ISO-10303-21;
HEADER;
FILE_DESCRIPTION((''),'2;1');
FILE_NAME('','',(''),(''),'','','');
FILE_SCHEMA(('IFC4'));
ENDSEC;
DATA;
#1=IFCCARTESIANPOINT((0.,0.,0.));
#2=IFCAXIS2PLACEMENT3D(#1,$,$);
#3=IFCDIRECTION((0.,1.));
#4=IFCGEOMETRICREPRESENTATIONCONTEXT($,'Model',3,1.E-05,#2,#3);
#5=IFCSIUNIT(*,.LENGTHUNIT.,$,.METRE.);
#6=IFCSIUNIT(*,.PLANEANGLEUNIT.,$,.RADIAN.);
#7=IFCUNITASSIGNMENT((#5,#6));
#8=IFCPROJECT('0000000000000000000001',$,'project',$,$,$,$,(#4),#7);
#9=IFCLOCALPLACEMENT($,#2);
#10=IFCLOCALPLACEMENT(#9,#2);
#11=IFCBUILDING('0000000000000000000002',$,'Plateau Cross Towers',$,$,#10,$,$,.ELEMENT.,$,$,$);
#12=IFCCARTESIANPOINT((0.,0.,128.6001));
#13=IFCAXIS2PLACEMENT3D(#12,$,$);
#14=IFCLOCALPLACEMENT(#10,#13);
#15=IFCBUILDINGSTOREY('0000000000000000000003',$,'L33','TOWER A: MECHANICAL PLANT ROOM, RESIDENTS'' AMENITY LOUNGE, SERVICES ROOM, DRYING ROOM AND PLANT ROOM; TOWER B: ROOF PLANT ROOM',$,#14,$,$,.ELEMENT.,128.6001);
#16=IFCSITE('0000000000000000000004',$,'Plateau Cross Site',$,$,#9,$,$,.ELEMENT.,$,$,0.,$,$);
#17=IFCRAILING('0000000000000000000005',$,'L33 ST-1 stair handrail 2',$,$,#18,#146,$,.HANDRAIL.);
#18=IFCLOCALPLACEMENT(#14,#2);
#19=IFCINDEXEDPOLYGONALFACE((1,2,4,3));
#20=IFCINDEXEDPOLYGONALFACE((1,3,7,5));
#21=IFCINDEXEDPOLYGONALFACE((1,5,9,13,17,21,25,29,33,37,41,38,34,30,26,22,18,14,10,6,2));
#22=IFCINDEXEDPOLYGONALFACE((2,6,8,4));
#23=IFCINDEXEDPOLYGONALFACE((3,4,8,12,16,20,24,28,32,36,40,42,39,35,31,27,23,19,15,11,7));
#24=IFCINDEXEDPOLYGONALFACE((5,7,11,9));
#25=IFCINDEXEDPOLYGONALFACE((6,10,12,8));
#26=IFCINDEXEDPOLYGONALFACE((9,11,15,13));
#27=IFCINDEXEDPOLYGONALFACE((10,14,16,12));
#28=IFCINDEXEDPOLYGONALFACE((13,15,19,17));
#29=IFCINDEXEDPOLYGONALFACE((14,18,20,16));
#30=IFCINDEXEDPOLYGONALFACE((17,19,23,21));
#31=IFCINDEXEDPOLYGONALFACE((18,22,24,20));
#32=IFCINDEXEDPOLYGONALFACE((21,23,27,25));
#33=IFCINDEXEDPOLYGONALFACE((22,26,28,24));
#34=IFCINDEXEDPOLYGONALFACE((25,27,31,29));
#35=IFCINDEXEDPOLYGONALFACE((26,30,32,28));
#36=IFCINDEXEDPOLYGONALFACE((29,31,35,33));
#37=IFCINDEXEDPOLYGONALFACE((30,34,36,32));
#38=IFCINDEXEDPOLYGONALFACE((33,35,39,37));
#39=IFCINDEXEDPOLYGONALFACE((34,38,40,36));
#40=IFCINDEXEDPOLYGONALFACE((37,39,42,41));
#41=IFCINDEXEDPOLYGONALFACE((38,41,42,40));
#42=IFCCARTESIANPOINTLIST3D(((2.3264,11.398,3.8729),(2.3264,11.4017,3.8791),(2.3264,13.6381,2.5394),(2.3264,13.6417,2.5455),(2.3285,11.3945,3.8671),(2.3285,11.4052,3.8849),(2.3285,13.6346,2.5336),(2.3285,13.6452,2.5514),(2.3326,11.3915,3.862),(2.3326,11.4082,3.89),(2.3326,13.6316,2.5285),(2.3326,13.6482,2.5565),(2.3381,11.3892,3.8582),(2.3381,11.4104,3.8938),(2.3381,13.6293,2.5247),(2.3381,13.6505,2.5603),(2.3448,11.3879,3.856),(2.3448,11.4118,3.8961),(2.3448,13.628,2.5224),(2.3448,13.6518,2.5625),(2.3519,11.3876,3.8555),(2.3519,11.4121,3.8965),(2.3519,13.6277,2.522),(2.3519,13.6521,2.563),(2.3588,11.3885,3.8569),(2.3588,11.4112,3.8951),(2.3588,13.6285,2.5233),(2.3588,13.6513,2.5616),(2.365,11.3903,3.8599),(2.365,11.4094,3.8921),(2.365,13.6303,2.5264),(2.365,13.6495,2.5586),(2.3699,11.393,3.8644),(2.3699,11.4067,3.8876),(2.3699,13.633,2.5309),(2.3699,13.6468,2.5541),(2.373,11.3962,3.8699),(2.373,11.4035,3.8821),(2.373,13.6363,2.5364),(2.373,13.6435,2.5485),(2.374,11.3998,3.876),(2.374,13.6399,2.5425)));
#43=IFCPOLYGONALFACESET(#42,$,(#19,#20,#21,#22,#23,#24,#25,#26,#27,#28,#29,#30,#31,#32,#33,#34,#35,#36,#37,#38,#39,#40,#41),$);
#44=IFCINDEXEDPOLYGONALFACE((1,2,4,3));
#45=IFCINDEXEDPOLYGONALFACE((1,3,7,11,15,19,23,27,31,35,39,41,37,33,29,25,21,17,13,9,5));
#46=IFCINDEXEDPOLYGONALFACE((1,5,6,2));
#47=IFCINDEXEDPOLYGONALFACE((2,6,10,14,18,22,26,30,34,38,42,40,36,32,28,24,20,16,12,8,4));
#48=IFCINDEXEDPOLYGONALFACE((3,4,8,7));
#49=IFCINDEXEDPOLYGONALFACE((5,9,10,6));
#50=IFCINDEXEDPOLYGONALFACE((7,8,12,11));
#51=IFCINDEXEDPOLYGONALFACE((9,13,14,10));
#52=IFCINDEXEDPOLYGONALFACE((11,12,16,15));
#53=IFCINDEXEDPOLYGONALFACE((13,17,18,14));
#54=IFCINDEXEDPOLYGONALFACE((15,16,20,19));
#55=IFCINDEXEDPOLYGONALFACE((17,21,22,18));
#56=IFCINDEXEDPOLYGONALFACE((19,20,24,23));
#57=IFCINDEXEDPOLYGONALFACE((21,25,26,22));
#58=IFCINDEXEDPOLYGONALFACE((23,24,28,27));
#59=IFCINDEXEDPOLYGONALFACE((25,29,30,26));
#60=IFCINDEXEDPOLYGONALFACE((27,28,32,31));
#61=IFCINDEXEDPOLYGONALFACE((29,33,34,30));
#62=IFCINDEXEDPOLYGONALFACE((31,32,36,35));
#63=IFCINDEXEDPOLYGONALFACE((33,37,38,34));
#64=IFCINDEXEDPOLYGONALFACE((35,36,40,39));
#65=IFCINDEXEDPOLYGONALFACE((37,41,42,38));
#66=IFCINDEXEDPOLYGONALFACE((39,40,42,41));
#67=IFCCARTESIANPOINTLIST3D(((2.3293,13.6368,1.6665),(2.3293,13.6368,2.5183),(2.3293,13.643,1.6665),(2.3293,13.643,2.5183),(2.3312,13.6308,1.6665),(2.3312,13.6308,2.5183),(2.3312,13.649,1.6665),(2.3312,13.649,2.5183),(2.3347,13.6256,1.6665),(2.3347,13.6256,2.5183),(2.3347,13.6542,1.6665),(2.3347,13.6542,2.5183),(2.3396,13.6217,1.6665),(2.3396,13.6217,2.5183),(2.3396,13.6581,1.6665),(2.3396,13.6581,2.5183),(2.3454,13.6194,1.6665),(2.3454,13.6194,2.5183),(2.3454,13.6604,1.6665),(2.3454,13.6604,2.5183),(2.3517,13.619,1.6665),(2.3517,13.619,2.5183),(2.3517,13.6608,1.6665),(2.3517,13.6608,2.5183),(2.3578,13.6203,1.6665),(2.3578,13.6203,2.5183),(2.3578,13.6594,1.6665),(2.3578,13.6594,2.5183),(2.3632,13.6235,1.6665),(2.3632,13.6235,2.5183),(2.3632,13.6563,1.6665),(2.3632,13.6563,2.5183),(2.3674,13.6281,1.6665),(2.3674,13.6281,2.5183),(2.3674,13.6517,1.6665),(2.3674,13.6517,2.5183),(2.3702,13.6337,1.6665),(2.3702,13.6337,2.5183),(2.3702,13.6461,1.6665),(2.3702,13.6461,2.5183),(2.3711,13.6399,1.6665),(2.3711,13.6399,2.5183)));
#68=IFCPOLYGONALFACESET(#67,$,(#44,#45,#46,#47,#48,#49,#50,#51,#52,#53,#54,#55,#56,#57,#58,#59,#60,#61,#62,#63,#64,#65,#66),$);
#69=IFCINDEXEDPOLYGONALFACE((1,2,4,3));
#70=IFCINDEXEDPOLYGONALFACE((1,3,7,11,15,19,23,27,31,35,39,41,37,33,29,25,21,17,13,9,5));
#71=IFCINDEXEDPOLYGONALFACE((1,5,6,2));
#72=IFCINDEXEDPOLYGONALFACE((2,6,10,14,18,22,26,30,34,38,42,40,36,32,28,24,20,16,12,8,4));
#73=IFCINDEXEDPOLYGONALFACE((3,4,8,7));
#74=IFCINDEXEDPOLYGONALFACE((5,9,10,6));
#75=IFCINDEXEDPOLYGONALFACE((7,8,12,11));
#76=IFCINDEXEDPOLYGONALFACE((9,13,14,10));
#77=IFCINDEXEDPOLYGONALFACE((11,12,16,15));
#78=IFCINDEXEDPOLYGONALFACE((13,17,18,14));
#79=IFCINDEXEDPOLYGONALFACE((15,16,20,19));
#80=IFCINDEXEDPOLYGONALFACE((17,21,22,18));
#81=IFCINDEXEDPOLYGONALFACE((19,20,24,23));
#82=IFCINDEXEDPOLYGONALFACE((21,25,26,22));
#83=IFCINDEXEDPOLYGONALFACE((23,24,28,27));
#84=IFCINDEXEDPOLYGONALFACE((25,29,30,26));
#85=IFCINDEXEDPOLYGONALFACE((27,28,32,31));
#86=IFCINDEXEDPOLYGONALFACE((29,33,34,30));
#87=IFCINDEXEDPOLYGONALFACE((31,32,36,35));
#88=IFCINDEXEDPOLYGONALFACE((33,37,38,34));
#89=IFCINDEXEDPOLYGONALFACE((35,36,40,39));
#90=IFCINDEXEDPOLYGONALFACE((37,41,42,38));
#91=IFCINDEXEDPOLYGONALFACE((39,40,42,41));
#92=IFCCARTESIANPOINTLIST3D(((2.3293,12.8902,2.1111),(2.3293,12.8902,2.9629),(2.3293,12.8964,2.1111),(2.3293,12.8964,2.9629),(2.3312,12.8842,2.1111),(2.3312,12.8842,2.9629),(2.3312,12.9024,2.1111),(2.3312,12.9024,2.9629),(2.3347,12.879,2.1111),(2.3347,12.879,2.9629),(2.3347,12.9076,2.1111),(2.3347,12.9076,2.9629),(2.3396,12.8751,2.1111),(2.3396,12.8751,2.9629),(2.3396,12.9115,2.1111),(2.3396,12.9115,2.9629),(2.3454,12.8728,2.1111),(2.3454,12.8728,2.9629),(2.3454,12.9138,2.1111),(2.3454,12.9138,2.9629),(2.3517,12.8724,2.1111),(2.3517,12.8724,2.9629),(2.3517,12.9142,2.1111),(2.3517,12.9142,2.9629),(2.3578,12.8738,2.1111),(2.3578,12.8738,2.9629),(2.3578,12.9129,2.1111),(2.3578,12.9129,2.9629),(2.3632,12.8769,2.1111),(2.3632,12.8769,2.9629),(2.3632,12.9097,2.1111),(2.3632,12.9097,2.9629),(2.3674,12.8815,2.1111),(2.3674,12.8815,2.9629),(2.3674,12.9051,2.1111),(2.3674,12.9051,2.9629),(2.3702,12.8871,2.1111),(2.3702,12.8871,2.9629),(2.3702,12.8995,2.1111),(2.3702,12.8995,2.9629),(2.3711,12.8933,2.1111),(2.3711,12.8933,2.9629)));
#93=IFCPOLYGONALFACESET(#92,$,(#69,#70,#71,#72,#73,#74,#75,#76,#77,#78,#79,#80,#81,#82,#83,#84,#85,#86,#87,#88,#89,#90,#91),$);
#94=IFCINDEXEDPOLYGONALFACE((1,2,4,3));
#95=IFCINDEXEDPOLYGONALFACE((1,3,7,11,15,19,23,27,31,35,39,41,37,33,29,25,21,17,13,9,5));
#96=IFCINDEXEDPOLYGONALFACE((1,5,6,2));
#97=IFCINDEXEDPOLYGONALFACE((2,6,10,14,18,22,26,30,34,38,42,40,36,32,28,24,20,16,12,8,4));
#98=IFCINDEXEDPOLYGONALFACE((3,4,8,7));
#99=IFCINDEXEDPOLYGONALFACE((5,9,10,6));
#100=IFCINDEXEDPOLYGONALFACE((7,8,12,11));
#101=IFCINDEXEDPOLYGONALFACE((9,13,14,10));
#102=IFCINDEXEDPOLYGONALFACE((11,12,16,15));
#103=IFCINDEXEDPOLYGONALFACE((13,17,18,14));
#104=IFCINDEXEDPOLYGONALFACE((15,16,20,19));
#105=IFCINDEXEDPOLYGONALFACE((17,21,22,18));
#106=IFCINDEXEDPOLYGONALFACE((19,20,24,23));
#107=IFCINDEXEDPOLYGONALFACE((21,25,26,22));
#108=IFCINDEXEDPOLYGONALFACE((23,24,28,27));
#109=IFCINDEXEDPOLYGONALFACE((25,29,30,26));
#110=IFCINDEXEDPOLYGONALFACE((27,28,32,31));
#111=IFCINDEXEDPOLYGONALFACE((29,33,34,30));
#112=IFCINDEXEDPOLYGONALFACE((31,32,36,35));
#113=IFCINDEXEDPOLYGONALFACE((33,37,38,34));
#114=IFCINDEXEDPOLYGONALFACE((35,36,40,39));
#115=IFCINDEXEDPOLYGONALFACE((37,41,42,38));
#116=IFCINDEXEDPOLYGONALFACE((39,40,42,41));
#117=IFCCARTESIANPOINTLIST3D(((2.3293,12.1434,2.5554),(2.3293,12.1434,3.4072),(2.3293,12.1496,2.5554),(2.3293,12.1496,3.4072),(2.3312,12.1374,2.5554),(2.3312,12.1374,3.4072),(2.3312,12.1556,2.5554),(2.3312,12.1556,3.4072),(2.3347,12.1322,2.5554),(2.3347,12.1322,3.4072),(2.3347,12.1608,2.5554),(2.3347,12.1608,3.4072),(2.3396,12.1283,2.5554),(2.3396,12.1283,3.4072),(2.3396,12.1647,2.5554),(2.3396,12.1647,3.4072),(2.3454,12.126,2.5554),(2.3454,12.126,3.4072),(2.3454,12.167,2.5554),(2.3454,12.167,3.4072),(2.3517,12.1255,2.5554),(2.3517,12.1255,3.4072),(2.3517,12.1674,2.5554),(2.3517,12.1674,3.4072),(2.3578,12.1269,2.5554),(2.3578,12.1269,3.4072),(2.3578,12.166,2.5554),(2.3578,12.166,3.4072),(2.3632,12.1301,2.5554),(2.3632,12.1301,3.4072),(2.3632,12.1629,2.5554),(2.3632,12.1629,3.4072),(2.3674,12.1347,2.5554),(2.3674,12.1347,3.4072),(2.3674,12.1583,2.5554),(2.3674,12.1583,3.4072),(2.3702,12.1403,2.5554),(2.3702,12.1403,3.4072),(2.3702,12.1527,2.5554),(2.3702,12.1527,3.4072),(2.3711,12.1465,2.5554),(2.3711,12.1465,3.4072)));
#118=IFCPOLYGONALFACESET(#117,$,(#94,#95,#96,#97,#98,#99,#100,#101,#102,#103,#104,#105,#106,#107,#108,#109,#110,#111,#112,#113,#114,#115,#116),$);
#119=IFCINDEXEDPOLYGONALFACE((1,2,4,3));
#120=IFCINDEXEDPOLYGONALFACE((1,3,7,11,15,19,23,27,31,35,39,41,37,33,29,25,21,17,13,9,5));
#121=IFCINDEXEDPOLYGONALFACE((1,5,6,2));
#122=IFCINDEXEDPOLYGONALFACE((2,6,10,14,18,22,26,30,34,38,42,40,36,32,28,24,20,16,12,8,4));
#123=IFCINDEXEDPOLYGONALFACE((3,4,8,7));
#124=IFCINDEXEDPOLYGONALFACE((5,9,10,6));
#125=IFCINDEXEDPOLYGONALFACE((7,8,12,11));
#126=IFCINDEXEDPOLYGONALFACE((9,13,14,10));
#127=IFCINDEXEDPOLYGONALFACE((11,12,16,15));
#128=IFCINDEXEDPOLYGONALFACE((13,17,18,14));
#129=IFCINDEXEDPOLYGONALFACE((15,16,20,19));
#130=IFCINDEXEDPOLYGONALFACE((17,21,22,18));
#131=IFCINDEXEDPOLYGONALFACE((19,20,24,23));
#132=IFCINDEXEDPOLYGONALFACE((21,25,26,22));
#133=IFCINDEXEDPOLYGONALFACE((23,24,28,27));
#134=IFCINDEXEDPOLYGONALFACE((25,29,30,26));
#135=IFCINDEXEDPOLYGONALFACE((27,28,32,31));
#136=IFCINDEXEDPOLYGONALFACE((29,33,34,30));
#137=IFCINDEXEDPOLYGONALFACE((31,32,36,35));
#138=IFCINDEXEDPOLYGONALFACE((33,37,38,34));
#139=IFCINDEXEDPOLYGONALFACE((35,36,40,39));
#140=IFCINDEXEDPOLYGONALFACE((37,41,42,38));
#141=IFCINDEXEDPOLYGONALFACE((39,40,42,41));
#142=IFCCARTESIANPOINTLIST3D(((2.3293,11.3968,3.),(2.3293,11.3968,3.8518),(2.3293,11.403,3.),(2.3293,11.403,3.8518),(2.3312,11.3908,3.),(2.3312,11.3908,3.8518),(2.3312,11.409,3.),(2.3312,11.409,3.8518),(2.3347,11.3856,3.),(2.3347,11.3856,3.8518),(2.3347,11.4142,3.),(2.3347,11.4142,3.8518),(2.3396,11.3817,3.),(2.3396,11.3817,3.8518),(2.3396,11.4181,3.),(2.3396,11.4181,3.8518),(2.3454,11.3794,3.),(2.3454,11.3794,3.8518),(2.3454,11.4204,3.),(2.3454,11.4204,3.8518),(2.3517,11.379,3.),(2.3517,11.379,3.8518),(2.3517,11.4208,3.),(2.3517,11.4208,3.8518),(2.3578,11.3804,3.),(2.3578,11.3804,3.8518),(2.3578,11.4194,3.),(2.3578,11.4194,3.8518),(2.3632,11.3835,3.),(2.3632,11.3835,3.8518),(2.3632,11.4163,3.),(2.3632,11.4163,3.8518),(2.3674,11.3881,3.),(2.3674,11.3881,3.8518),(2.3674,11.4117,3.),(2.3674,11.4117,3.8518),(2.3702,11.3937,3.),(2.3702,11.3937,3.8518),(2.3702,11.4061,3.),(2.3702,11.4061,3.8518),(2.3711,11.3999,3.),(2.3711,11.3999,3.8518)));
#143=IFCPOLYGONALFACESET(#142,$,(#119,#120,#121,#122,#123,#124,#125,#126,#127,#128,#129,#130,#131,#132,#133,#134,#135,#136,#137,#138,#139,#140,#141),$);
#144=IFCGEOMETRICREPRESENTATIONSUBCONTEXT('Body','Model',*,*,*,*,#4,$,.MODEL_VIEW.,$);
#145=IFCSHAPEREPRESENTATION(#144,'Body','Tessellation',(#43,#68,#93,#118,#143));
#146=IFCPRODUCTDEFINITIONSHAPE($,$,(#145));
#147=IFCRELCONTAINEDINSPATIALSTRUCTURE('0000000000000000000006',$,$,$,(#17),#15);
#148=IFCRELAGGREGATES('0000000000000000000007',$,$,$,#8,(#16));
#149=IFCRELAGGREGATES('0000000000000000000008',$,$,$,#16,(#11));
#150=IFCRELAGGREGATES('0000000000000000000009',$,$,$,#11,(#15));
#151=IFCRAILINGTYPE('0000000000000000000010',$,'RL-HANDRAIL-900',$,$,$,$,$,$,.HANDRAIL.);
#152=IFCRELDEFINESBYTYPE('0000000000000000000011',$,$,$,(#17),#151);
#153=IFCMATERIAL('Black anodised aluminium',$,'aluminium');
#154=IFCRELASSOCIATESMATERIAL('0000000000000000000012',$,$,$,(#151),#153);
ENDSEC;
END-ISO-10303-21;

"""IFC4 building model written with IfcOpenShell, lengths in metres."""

from ifc_helpers import new_model, si_unit, direction, frame, origin, origin_2d, place, context, subcontext, project, spatial, circle, extrude, material, type_object, element, save


model = new_model("IFC4")

# Units and contexts
model_context = context("Model", 3, precision=1e-05, world=origin(), true_north=direction((0.0, 1.0)))
body_context = subcontext(model_context, "Body", "Model", "MODEL_VIEW")
ifc_project = project(units=[si_unit("LENGTHUNIT", "METRE"), si_unit("PLANEANGLEUNIT", "RADIAN")], contexts=[model_context])

# Site, building, storey
site_placement = place(None, origin())
site = spatial("IfcSite", under=ifc_project, at=site_placement, Name="Plateau Cross Site", CompositionType="ELEMENT", RefElevation=0.0)
building_placement = place(site_placement, origin())
building = spatial("IfcBuilding", under=site, at=building_placement, Name="Plateau Cross Towers", CompositionType="ELEMENT")
storey_placement = place(building_placement, frame((0.0, 0.0, 128.6001)))
storey = spatial("IfcBuildingStorey", under=building, at=storey_placement, Name="L33", Description="TOWER A: MECHANICAL PLANT ROOM, RESIDENTS' AMENITY LOUNGE, SERVICES ROOM, DRYING ROOM AND PLANT ROOM; TOWER B: ROOF PLANT ROOM", CompositionType="ELEMENT", Elevation=128.6001)

# Shared definitions
ifc_material_1 = material(Name="Black anodised aluminium", Category="aluminium")

# Railing
railing_type_1 = type_object("IfcRailingType", Name="RL-HANDRAIL-900", PredefinedType="HANDRAIL", material=ifc_material_1)
for number, where, name in (
    (1, (2.3501, 13.6399, 1.6665), "L33 ST-1 stair handrail 2"),
):
    element("IfcRailing", number, at=place(storey_placement, frame(where)), inside=storey, type_object=railing_type_1, Name=name, PredefinedType="HANDRAIL", context=body_context, shape_type="SweptSolid", body=[
        extrude(circle(Radius=0.0239, at=origin_2d()), frame((0.0, 0.0, 0.876), z_axis=(0.0, -0.859264, 0.511532), x_axis=(1.0, 0.0, 0.0)), (0.0, 0.0, 1.0), 2.6069),
        extrude(circle(Radius=0.021, at=origin_2d()), origin(), (0.0, 0.0, 1.0), 0.8518),
        extrude(circle(Radius=0.021, at=origin_2d()), frame((0.0, -0.7466, 0.4446)), (0.0, 0.0, 1.0), 0.8518),
        extrude(circle(Radius=0.021, at=origin_2d()), frame((0.0, -1.4934, 0.8889)), (0.0, 0.0, 1.0), 0.8518),
        extrude(circle(Radius=0.021, at=origin_2d()), frame((0.0, -2.24, 1.3335)), (0.0, 0.0, 1.0), 0.8518),
    ])

save(model, "model.ifc")
